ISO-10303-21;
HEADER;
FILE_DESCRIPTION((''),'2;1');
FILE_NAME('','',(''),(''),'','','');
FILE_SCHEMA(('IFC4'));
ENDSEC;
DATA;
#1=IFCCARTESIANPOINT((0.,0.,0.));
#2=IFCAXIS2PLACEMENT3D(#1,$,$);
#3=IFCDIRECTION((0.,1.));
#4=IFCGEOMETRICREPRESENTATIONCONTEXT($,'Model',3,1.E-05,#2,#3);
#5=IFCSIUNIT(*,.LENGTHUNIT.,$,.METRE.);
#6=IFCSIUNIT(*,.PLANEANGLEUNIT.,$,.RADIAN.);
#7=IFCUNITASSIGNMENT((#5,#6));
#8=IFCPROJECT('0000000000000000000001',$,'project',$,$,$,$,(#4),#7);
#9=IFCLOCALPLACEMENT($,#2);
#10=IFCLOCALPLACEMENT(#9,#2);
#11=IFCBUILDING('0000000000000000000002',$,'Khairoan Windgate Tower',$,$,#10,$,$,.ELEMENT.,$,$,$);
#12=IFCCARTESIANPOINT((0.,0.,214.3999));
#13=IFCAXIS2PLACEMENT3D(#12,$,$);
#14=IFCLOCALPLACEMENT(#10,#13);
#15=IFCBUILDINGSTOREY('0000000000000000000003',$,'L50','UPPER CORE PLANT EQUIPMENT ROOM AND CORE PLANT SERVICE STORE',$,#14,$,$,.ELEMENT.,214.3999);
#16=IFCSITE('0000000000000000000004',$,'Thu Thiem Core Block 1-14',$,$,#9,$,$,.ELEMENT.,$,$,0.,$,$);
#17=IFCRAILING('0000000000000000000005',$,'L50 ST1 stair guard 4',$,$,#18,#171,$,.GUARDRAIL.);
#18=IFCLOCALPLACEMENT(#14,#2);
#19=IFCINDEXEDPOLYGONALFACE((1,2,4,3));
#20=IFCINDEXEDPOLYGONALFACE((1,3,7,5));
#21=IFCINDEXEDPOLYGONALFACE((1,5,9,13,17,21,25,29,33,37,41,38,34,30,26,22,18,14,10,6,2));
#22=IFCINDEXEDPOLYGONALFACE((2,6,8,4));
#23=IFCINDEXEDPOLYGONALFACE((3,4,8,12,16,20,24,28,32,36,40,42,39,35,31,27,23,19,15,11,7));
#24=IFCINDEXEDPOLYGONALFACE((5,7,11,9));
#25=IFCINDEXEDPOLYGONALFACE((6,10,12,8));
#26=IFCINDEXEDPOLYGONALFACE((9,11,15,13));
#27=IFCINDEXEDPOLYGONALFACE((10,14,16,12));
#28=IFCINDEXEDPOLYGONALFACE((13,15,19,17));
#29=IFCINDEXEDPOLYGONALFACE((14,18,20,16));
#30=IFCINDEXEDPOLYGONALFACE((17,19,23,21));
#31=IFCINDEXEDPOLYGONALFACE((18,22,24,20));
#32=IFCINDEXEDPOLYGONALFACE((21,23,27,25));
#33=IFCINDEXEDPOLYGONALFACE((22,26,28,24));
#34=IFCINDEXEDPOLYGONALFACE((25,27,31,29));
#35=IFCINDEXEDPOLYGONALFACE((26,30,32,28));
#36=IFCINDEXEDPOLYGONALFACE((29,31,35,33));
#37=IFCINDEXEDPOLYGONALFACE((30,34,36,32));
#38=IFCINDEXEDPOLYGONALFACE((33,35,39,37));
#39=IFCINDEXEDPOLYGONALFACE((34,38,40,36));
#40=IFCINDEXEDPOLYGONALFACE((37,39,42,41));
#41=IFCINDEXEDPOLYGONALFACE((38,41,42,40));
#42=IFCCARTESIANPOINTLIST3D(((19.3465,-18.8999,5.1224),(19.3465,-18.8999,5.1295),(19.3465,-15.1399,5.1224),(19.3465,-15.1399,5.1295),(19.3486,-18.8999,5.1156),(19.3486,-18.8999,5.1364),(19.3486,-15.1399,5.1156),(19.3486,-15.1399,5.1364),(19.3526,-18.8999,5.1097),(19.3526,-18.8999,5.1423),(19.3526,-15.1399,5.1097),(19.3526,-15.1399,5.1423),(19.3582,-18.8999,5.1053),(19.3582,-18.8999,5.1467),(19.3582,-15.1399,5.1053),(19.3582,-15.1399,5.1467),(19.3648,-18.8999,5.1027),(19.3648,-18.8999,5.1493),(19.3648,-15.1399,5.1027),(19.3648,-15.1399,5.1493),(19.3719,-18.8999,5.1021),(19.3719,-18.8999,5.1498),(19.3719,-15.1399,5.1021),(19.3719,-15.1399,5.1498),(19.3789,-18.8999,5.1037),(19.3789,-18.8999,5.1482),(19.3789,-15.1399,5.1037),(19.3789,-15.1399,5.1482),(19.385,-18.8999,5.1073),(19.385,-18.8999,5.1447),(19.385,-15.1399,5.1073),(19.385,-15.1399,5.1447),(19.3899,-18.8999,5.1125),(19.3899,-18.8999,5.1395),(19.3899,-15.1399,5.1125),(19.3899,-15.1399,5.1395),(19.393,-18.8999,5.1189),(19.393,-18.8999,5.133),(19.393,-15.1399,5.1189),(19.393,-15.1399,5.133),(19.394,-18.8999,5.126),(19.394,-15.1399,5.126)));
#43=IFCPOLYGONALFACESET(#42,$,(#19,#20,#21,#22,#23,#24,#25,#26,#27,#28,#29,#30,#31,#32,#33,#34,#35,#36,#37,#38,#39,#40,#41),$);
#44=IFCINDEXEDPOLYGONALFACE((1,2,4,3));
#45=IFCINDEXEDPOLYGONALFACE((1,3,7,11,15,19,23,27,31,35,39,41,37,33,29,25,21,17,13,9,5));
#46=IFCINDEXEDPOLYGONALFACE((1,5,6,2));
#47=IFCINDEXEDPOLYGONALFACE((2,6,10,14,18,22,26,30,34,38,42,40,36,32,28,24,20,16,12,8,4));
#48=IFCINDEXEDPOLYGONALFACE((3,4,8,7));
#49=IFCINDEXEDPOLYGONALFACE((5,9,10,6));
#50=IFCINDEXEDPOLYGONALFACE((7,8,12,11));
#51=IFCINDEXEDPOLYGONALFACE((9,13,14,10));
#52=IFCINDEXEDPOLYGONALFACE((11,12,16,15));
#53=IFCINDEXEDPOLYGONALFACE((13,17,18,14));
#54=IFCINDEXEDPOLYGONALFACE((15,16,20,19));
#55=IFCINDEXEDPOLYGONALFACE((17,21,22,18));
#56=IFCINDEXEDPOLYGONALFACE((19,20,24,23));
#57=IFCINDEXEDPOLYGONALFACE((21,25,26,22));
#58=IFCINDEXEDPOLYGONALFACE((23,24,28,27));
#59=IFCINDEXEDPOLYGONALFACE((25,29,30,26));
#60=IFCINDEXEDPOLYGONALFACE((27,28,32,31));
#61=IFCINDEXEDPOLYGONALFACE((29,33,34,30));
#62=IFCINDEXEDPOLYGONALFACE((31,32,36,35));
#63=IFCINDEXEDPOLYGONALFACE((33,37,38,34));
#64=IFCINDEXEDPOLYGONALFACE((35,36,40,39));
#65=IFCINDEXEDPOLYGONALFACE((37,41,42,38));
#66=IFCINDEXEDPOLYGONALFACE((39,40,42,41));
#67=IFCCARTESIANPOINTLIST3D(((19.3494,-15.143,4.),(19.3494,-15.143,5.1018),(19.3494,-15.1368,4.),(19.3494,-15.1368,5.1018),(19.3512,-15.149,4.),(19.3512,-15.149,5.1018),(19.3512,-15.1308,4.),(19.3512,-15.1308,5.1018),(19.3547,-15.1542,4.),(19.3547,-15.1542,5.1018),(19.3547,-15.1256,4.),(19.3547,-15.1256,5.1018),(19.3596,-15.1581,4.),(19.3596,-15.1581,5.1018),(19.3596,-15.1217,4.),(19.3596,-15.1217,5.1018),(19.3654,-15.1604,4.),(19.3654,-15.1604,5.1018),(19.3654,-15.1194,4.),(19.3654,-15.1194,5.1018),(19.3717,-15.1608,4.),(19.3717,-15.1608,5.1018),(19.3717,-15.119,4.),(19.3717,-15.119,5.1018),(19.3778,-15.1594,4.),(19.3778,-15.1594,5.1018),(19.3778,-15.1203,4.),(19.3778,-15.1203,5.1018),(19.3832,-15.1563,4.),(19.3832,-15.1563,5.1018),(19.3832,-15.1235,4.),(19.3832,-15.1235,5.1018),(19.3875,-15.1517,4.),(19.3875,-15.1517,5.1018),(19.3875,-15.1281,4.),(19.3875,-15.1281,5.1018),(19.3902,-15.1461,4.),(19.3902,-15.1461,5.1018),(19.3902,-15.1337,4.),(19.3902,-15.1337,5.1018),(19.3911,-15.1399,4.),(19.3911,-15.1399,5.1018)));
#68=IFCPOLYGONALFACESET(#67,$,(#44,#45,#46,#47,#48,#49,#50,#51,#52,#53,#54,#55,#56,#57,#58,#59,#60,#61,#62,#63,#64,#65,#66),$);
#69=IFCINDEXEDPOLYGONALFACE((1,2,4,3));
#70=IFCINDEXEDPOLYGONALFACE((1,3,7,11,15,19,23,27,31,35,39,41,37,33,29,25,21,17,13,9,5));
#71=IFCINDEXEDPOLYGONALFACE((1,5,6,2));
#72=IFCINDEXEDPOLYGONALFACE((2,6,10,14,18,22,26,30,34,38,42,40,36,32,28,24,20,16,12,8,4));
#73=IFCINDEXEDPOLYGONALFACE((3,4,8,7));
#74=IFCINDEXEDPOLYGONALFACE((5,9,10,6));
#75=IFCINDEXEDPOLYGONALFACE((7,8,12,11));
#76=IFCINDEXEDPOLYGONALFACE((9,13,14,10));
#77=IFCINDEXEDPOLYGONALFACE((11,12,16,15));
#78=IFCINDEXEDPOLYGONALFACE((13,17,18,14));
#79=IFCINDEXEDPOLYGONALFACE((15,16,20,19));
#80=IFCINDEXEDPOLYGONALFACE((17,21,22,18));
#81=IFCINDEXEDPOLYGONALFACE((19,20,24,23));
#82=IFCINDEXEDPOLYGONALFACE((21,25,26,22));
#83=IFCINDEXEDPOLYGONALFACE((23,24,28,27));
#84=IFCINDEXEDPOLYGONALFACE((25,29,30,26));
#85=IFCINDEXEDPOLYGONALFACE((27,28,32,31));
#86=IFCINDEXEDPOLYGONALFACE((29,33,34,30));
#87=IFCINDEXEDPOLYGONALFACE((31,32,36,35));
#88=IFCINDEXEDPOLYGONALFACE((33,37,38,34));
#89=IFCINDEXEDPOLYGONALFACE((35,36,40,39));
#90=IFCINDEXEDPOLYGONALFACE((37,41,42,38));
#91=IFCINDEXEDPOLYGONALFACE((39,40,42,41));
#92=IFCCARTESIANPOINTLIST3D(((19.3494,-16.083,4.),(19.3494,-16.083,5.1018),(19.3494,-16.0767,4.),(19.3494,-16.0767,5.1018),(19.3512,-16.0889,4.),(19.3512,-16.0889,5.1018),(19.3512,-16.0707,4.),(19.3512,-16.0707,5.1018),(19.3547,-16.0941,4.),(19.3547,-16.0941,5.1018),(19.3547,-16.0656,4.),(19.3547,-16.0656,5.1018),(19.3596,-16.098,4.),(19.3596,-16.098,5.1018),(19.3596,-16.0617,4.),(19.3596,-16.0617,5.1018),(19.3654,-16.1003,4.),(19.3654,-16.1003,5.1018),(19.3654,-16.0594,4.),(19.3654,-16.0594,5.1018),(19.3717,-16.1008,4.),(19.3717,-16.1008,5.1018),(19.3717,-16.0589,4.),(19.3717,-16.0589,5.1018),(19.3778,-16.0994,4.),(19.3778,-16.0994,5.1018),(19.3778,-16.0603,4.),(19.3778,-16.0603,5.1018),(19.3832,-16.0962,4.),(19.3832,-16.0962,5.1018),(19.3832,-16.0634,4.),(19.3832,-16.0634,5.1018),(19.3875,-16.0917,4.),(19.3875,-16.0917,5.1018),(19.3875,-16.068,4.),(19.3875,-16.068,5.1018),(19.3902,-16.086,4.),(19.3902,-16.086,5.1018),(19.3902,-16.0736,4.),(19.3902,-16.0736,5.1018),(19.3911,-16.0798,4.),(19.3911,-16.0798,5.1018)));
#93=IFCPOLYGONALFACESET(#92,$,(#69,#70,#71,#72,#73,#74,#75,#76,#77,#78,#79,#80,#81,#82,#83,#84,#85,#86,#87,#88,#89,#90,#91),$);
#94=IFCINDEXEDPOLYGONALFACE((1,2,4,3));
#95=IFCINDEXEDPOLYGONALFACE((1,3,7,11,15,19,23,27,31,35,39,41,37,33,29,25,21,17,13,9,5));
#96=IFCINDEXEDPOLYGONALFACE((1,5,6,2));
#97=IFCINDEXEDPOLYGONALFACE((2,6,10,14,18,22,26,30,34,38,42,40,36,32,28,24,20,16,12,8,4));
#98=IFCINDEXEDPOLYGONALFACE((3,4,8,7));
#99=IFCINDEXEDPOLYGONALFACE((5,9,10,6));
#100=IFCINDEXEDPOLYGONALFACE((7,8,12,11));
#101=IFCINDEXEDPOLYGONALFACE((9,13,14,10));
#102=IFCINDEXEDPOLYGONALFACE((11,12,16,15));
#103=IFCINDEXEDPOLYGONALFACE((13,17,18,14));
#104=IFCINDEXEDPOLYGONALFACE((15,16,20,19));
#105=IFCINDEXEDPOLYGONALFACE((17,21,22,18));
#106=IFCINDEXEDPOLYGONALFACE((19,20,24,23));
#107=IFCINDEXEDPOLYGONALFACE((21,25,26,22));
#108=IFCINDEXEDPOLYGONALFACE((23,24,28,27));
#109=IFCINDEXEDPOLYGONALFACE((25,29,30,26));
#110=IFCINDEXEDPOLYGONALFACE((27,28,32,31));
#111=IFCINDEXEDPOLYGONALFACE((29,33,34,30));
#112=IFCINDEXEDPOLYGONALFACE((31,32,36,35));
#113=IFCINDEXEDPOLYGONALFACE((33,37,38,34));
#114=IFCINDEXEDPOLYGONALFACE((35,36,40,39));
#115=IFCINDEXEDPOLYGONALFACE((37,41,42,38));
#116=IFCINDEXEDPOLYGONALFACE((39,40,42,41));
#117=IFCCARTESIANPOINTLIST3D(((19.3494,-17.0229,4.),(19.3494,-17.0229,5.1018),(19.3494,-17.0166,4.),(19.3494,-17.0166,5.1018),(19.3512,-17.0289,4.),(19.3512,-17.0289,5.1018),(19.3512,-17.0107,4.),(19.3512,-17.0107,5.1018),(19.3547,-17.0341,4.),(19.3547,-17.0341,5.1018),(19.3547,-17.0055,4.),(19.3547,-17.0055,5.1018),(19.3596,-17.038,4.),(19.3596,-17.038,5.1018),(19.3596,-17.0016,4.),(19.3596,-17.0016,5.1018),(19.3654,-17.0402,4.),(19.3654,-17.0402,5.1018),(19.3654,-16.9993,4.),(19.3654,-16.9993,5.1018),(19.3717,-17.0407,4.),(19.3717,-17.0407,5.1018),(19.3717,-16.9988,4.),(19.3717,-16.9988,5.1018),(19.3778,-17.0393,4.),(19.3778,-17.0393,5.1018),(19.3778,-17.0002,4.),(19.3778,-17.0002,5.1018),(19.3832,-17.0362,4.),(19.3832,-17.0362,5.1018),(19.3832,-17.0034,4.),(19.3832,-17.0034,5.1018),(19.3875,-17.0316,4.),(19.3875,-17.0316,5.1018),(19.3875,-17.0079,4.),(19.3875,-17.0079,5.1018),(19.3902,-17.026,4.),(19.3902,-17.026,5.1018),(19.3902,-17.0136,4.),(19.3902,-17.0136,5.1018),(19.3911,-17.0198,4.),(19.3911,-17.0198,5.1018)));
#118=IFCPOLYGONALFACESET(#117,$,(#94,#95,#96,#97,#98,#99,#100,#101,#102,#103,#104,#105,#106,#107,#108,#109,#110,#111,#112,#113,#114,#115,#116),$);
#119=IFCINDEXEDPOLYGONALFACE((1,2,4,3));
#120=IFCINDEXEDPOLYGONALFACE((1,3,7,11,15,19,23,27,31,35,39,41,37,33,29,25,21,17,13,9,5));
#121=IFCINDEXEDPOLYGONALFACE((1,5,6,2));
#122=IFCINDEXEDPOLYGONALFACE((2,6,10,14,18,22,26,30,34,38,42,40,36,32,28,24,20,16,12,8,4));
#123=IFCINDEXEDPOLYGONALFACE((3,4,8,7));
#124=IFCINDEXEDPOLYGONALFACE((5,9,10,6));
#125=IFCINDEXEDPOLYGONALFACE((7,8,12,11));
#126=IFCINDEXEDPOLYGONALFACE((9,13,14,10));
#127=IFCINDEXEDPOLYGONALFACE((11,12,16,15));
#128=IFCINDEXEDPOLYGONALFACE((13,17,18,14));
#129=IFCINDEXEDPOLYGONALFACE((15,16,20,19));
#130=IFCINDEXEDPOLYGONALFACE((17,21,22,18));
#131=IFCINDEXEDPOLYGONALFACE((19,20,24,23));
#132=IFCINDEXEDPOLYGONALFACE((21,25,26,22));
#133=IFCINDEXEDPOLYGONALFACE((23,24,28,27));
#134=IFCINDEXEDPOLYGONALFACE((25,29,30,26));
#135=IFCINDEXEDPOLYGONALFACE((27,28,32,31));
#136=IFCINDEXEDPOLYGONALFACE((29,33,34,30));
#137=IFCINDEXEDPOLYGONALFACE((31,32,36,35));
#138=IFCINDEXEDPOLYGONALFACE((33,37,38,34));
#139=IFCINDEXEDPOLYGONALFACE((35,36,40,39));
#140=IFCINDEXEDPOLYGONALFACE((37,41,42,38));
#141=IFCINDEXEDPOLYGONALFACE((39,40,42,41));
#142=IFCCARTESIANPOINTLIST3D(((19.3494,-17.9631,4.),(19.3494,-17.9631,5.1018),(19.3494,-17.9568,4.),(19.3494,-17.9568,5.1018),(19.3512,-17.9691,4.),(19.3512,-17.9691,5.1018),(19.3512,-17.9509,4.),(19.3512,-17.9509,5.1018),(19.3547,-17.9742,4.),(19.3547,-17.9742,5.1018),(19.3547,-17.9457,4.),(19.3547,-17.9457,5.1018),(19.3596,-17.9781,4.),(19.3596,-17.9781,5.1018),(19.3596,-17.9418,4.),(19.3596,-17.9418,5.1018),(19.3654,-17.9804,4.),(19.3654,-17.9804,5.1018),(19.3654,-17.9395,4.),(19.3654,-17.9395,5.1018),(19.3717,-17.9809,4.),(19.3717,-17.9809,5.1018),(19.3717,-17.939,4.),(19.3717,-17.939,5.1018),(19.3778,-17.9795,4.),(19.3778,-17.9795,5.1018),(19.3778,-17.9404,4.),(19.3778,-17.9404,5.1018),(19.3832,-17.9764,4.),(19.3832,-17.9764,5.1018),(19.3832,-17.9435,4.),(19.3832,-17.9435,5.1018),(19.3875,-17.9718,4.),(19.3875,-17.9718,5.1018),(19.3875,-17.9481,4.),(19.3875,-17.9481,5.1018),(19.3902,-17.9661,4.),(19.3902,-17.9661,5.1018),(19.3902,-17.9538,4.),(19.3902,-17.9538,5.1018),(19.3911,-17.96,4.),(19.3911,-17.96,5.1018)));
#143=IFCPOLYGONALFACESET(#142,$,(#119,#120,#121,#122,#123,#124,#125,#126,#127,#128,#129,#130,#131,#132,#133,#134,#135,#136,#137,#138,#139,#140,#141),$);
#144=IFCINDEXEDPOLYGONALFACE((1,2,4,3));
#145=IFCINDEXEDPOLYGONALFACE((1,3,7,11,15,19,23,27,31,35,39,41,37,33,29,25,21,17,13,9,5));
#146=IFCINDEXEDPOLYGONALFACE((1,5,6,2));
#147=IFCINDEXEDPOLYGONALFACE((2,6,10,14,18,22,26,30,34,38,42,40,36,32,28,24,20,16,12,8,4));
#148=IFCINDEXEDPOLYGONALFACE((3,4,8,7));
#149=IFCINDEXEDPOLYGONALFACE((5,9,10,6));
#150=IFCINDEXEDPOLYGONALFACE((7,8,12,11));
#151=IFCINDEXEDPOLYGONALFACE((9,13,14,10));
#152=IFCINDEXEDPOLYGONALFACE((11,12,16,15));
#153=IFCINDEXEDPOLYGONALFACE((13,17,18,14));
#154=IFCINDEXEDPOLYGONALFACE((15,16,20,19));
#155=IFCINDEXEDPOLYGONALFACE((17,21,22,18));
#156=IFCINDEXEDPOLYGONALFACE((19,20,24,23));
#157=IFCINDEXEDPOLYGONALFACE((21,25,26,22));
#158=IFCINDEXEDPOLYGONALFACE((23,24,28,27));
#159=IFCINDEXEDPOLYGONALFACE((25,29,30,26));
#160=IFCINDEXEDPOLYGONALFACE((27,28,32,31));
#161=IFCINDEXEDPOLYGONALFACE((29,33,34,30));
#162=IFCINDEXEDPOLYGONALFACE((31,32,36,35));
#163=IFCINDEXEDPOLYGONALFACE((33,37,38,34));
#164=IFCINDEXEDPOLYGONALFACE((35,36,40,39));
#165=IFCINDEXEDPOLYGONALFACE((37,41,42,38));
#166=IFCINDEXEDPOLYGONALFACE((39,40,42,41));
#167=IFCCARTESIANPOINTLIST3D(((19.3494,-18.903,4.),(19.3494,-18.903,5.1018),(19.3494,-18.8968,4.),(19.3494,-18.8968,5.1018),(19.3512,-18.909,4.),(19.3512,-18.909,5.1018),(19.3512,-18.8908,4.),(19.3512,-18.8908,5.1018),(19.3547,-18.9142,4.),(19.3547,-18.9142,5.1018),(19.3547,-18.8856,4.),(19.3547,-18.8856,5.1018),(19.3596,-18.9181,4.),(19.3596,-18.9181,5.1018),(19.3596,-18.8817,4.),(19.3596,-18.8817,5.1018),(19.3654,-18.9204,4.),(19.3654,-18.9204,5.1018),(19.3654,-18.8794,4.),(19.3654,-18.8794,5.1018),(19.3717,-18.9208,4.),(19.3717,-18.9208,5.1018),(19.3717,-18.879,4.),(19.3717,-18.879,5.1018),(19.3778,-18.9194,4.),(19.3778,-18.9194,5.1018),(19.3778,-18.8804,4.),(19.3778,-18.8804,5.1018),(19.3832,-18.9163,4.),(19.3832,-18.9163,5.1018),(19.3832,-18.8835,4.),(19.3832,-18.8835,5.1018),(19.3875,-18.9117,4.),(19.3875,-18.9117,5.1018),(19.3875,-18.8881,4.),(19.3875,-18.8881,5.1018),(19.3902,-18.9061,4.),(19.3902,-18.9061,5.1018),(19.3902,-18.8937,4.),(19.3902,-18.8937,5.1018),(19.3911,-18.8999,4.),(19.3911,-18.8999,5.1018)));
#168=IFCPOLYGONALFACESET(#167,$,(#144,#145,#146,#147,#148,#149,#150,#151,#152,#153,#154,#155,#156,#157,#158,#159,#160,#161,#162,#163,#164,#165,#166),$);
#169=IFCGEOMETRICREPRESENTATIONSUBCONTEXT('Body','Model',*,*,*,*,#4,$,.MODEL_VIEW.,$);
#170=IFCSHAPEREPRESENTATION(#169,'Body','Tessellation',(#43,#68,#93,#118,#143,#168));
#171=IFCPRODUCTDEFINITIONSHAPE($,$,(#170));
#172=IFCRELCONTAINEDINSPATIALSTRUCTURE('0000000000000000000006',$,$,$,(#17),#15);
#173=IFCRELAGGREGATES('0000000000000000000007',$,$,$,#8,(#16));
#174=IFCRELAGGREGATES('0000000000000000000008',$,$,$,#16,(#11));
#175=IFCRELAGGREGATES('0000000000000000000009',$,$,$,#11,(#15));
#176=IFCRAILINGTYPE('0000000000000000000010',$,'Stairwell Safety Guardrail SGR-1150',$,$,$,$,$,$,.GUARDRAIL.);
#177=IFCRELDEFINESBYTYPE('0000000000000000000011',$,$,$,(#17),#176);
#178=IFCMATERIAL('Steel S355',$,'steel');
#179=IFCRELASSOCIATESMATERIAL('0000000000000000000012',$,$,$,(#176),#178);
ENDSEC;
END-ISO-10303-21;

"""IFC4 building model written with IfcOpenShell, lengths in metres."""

from ifc_helpers import new_model, si_unit, direction, frame, origin, origin_2d, place, context, subcontext, project, spatial, circle, extrude, material, type_object, element, save


model = new_model("IFC4")

# Units and contexts
model_context = context("Model", 3, precision=1e-05, world=origin(), true_north=direction((0.0, 1.0)))
body_context = subcontext(model_context, "Body", "Model", "MODEL_VIEW")
ifc_project = project(units=[si_unit("LENGTHUNIT", "METRE"), si_unit("PLANEANGLEUNIT", "RADIAN")], contexts=[model_context])

# Site, building, storey
site_placement = place(None, origin())
site = spatial("IfcSite", under=ifc_project, at=site_placement, Name="Thu Thiem Core Block 1-14", CompositionType="ELEMENT", RefElevation=0.0)
building_placement = place(site_placement, origin())
building = spatial("IfcBuilding", under=site, at=building_placement, Name="Khairoan Windgate Tower", CompositionType="ELEMENT")
storey_placement = place(building_placement, frame((0.0, 0.0, 214.3999)))
storey = spatial("IfcBuildingStorey", under=building, at=storey_placement, Name="L50", Description="UPPER CORE PLANT EQUIPMENT ROOM AND CORE PLANT SERVICE STORE", CompositionType="ELEMENT", Elevation=214.3999)

# Railing
ifc_material_1 = material(Name="Steel S355", Category="steel")
railing_type_1 = type_object("IfcRailingType", Name="Stairwell Safety Guardrail SGR-1150", PredefinedType="GUARDRAIL", material=ifc_material_1)
for number, where, name in (
    (1, (19.3701, -15.1399, 4.0), "L50 ST1 stair guard 4"),
):
    element("IfcRailing", number, at=place(storey_placement, frame(where)), inside=storey, type_object=railing_type_1, Name=name, PredefinedType="GUARDRAIL", context=body_context, shape_type="SweptSolid", body=[
        extrude(circle(Radius=0.0239, at=origin_2d()), frame((0.0, 0.0, 1.126), z_axis=(0.0, -1.0, 0.0), x_axis=(1.0, 0.0, 0.0)), (0.0, 0.0, 1.0), 3.76),
        extrude(circle(Radius=0.021, at=origin_2d()), origin(), (0.0, 0.0, 1.0), 1.1018),
        extrude(circle(Radius=0.021, at=origin_2d()), frame((0.0, -0.9399, 0.0)), (0.0, 0.0, 1.0), 1.1018),
        extrude(circle(Radius=0.021, at=origin_2d()), frame((0.0, -1.8799, 0.0)), (0.0, 0.0, 1.0), 1.1018),
        extrude(circle(Radius=0.021, at=origin_2d()), frame((0.0, -2.8201, 0.0)), (0.0, 0.0, 1.0), 1.1018),
        extrude(circle(Radius=0.021, at=origin_2d()), frame((0.0, -3.76, 0.0)), (0.0, 0.0, 1.0), 1.1018),
    ])

save(model, "model.ifc")
